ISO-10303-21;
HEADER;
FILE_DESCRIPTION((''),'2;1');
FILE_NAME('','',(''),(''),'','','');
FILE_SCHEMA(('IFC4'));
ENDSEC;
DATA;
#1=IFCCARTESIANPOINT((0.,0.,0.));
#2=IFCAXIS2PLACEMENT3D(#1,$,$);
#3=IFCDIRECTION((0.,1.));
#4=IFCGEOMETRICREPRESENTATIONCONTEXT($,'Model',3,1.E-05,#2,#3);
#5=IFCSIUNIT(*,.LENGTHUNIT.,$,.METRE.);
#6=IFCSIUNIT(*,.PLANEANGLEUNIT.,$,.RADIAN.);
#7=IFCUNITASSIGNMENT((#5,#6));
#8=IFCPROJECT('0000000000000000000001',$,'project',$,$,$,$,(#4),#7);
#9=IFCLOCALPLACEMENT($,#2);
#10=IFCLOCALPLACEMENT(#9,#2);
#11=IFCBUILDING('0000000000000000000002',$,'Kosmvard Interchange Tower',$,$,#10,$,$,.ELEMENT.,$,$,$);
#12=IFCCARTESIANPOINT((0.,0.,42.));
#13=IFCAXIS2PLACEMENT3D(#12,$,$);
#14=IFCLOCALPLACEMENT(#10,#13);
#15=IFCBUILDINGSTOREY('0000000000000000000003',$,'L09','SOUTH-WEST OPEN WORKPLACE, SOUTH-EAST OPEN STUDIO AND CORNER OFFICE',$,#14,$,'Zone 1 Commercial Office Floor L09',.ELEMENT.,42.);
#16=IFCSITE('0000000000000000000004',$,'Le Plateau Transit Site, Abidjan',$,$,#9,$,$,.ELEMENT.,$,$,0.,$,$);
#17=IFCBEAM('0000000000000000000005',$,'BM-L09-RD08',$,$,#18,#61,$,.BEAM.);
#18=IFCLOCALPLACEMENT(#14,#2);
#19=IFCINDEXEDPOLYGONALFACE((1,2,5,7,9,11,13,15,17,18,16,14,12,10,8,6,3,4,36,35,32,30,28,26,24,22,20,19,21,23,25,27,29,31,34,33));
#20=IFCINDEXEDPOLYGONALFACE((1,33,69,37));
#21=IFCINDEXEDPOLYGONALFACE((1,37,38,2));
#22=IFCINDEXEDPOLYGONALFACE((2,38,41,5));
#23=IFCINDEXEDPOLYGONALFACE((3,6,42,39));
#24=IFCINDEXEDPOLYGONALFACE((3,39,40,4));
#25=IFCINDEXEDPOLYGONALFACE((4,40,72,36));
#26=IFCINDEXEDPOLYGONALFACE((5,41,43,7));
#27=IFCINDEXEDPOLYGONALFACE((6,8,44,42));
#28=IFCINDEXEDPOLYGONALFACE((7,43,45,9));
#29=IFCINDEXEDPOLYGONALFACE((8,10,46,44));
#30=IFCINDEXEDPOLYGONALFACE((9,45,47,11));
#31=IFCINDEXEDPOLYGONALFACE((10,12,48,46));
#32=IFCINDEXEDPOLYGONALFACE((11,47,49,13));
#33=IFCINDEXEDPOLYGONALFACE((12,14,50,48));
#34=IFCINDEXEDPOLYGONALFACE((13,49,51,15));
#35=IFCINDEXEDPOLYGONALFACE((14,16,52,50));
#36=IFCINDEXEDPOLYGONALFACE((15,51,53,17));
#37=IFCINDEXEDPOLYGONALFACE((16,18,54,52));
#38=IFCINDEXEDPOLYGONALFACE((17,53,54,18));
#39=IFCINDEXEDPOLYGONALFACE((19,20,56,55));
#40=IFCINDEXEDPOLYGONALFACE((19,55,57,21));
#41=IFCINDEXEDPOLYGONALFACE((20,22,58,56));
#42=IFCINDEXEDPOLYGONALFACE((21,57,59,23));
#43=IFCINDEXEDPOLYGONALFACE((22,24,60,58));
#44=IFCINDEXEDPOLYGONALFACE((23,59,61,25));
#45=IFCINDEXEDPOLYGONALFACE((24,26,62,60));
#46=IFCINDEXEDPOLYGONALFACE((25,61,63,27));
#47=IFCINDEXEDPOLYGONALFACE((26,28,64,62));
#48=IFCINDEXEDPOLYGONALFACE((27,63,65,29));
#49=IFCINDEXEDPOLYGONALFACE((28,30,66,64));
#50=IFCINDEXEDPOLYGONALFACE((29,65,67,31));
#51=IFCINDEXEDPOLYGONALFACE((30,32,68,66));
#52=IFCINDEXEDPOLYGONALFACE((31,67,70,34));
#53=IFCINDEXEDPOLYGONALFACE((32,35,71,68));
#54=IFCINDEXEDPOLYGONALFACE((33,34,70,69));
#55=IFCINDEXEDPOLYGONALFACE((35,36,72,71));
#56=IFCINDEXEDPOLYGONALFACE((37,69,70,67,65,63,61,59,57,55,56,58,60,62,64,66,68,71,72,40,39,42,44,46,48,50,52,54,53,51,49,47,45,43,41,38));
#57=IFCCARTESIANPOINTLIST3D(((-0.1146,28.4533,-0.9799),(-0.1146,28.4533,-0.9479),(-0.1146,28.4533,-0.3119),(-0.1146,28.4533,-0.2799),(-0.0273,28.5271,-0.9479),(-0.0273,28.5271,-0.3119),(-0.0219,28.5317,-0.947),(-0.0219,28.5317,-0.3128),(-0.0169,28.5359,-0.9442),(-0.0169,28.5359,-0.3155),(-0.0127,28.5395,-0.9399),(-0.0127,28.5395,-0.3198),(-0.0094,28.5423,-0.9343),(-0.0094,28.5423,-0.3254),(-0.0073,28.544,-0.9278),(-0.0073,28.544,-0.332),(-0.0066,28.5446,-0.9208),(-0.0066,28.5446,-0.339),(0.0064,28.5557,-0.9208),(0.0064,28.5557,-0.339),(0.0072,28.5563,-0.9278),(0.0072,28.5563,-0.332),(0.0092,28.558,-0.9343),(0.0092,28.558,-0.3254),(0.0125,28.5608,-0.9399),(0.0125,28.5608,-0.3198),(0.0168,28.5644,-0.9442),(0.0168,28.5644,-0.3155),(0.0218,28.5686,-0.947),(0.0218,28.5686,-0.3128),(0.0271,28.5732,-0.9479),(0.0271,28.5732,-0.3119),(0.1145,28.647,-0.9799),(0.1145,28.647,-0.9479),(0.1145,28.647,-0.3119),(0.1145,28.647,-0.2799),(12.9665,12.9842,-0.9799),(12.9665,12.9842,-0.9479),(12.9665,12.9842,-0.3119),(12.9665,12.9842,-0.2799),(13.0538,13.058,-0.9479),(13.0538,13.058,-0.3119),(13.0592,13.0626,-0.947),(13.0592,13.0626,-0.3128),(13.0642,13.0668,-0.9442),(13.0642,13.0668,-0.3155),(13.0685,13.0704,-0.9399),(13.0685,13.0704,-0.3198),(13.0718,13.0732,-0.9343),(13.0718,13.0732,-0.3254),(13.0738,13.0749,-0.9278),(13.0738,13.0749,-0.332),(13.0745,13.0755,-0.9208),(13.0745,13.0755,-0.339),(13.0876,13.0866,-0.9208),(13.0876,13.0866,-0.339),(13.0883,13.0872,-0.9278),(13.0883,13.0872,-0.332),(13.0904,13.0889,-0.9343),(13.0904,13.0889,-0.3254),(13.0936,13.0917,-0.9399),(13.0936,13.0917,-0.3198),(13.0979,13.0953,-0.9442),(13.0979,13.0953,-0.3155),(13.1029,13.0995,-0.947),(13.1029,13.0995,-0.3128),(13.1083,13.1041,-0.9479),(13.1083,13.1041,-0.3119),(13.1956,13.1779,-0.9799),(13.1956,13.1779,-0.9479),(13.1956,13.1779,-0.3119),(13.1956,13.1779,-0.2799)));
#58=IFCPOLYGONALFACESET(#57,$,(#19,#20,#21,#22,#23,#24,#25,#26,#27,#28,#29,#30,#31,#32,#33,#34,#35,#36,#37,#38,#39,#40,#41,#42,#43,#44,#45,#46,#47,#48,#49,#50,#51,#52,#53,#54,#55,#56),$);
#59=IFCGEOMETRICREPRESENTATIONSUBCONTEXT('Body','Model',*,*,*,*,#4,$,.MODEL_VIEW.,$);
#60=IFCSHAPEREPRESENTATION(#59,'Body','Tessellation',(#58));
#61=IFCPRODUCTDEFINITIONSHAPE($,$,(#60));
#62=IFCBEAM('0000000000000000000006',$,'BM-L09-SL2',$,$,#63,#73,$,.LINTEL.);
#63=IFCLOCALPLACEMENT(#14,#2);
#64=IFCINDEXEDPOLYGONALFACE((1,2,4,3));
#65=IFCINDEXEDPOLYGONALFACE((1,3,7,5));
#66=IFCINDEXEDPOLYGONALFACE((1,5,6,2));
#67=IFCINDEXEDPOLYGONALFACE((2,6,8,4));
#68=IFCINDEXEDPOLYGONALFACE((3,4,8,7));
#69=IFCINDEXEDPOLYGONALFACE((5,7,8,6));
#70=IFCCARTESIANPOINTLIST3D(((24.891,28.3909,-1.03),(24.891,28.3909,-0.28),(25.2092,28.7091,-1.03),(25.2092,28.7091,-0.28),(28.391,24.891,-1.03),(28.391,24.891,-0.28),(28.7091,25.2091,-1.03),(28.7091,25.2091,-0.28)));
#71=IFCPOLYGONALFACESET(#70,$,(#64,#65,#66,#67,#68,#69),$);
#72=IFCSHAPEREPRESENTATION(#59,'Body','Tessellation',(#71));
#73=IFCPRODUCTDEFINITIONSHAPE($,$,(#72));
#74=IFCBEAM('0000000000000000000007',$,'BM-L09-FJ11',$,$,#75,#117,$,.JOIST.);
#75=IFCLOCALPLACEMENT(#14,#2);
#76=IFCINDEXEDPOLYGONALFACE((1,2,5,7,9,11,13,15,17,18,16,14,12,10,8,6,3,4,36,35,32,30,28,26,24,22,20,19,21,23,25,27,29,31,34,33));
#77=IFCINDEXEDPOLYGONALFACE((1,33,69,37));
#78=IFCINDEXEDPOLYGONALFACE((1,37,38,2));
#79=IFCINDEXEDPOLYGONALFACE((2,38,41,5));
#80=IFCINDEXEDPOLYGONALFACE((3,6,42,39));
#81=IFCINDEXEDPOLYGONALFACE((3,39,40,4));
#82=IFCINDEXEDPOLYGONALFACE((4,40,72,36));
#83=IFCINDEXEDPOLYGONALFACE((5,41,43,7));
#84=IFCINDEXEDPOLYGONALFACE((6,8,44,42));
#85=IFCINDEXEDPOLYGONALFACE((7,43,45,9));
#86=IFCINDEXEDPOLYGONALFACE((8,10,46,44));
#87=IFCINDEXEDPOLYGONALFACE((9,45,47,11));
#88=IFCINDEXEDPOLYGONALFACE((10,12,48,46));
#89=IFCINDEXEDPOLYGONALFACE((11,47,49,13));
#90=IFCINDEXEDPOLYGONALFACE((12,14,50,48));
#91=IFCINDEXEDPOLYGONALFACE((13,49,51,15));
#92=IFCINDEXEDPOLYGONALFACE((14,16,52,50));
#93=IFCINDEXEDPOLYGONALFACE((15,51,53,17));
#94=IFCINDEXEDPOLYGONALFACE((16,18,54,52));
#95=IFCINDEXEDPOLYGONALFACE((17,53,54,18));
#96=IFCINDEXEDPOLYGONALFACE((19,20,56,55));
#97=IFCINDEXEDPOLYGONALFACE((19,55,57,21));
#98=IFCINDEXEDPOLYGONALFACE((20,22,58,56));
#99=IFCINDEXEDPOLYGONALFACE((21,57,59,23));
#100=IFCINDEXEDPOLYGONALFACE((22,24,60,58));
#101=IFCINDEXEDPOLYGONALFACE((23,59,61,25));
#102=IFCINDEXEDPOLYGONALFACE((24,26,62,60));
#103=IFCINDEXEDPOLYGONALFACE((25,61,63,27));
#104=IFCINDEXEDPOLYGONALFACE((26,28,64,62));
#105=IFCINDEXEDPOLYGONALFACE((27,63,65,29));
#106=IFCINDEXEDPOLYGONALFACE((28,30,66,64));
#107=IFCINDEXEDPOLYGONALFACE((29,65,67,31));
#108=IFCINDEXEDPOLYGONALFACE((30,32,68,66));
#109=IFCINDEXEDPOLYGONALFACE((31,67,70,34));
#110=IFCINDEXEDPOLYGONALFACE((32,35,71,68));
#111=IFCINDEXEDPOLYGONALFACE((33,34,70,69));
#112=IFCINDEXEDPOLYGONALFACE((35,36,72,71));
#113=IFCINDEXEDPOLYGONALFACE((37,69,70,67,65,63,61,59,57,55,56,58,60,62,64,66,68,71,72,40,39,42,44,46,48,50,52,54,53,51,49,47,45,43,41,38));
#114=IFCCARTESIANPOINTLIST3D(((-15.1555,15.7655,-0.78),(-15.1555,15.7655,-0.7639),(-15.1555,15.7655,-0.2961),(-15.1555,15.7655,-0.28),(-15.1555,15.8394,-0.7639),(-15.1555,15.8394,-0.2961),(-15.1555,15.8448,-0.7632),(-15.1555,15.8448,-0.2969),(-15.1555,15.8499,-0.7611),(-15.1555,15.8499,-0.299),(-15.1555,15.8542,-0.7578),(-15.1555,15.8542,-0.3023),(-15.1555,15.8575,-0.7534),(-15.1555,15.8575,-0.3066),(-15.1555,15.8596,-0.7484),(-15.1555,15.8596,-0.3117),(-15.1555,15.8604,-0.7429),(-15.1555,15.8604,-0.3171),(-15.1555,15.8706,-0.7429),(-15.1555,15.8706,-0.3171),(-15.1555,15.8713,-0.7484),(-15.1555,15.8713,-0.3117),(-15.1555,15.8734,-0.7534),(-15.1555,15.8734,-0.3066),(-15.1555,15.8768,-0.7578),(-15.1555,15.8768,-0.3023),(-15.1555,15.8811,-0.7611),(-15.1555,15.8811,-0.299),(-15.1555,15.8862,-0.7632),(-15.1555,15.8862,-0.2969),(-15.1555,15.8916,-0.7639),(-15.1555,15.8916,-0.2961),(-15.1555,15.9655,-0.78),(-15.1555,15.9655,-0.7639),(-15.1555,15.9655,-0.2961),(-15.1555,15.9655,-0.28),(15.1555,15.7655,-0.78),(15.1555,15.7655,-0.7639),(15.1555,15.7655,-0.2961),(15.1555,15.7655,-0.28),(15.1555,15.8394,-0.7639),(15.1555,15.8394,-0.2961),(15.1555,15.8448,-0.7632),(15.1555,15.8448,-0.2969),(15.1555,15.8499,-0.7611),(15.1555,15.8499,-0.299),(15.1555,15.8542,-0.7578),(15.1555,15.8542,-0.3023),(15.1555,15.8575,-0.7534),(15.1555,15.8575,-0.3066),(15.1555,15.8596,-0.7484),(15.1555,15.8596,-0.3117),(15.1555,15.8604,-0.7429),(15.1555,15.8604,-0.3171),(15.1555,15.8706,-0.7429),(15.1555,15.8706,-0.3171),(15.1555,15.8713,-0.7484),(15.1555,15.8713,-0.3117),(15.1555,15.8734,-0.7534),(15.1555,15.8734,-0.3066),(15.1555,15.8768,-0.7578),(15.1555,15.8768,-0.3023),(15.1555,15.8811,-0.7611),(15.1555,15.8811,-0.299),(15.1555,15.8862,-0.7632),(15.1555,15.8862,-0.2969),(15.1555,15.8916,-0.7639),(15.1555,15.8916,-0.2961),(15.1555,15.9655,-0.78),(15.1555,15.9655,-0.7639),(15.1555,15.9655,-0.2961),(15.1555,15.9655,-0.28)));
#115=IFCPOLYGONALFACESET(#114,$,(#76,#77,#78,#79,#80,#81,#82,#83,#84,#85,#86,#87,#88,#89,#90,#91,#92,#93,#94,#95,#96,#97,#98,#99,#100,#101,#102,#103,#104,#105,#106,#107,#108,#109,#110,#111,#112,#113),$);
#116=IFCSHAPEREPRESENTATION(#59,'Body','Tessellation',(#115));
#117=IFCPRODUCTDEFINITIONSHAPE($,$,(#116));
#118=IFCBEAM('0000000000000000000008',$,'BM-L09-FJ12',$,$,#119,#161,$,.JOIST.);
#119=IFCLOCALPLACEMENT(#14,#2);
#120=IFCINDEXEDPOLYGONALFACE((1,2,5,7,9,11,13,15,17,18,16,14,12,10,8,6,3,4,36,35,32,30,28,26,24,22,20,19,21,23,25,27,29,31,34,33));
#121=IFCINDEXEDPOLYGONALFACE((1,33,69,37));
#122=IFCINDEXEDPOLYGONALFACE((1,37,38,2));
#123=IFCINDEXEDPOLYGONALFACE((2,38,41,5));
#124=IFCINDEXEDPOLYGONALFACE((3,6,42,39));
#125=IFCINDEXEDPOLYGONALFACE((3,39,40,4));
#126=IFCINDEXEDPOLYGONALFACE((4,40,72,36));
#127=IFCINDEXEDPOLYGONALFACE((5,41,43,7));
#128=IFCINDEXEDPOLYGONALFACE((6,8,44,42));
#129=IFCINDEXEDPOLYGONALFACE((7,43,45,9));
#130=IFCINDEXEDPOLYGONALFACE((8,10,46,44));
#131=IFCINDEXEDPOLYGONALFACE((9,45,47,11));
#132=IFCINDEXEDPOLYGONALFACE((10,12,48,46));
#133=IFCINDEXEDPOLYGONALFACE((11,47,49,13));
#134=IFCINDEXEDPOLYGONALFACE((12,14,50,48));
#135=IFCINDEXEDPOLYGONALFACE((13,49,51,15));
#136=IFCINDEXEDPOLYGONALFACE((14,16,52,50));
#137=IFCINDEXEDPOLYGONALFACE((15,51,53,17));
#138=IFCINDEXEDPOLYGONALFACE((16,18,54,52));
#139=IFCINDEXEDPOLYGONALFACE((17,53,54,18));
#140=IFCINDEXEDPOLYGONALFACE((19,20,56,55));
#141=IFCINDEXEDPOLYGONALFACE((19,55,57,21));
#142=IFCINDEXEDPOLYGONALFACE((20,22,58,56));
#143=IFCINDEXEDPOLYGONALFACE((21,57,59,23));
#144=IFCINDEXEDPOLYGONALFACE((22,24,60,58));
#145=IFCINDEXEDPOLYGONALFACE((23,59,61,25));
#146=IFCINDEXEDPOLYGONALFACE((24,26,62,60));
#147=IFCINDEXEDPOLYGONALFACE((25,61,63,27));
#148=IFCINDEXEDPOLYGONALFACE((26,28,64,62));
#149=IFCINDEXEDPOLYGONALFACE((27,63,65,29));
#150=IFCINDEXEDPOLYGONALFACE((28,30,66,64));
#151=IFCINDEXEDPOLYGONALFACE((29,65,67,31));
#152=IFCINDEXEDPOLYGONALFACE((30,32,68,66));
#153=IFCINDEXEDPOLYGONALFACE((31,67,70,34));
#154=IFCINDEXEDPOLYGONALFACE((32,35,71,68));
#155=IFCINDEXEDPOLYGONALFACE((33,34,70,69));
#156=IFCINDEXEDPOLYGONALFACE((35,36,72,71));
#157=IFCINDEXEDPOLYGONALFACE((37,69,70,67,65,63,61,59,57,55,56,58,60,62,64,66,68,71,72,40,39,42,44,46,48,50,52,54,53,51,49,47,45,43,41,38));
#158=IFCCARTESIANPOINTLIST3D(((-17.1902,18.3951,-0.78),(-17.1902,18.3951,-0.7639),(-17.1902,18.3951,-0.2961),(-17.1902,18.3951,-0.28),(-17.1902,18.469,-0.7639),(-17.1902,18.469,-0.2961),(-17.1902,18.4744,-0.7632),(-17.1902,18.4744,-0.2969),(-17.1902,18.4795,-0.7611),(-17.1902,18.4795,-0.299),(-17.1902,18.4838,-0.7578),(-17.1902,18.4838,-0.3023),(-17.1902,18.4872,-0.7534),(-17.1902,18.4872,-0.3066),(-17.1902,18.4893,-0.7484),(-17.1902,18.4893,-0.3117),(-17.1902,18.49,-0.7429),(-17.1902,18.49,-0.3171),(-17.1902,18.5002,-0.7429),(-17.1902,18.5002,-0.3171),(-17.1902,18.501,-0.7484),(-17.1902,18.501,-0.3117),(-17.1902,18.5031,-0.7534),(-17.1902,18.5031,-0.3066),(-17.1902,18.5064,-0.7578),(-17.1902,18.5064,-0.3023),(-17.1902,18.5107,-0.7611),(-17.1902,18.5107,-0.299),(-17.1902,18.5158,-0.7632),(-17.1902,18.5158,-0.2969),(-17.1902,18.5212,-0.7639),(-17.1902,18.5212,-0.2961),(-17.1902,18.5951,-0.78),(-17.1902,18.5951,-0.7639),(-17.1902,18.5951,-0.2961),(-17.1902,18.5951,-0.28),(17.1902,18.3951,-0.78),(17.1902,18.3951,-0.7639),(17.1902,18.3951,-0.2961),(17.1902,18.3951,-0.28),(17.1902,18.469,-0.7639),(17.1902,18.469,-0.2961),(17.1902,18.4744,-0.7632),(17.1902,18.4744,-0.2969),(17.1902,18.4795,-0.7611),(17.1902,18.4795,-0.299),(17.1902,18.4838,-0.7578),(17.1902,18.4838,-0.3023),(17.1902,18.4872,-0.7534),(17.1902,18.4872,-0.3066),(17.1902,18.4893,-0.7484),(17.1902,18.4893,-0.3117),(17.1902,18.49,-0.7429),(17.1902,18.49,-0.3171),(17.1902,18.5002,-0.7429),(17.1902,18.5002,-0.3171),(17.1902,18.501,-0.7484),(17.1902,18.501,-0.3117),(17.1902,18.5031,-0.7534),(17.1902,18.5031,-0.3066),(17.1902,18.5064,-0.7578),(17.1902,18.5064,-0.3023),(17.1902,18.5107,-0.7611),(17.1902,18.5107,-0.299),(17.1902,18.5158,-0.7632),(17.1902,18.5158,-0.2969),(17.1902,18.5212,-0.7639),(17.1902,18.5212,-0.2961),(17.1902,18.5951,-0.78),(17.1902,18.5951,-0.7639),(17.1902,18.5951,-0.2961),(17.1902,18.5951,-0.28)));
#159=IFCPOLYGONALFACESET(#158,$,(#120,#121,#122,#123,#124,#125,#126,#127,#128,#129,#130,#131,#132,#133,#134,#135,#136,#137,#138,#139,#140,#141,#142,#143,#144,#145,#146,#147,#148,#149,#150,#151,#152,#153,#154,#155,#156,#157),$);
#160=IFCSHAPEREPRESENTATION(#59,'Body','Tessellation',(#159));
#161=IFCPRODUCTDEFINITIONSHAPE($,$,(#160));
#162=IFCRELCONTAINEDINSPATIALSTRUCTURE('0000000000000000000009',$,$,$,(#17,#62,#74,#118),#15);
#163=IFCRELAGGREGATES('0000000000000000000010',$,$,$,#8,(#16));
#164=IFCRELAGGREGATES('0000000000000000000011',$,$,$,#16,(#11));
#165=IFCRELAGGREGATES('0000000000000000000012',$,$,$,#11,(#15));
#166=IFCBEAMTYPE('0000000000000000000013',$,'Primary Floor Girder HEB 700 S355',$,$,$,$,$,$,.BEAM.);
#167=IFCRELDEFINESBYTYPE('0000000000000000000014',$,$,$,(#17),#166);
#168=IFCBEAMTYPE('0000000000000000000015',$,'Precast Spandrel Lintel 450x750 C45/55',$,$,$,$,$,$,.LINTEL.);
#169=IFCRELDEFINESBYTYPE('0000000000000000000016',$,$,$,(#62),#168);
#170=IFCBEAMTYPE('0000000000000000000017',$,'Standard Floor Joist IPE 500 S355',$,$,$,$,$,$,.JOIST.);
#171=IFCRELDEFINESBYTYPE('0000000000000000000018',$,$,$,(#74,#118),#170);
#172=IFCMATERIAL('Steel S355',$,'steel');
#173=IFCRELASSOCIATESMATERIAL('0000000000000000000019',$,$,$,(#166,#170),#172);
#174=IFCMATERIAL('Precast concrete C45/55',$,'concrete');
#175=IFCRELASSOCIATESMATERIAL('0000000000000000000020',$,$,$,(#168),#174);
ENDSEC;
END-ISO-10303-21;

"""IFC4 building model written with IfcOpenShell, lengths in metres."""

from ifc_helpers import new_model, si_unit, direction, frame, origin, origin_2d, place, context, subcontext, project, spatial, rectangle, i_section, extrude, source, transform, mapped, material, material_profile, profile_set, type_object, element, save


model = new_model("IFC4")

# Units and contexts
model_context = context("Model", 3, precision=1e-05, world=origin(), true_north=direction((0.0, 1.0)))
body_context = subcontext(model_context, "Body", "Model", "MODEL_VIEW")
ifc_project = project(units=[si_unit("LENGTHUNIT", "METRE"), si_unit("PLANEANGLEUNIT", "RADIAN")], contexts=[model_context])

# Site, building, storey
site_placement = place(None, origin())
site = spatial("IfcSite", under=ifc_project, at=site_placement, Name="Le Plateau Transit Site, Abidjan", CompositionType="ELEMENT", RefElevation=0.0)
building_placement = place(site_placement, origin())
building = spatial("IfcBuilding", under=site, at=building_placement, Name="Kosmvard Interchange Tower", CompositionType="ELEMENT")
storey_placement = place(building_placement, frame((0.0, 0.0, 42.0)))
storey = spatial("IfcBuildingStorey", under=building, at=storey_placement, Name="L09", Description="SOUTH-WEST OPEN WORKPLACE, SOUTH-EAST OPEN STUDIO AND CORNER OFFICE", LongName="Zone 1 Commercial Office Floor L09", CompositionType="ELEMENT", Elevation=42.0)

# Beams
ifc_material_1 = material(Name="Steel S355", Category="steel")
ifc_material_profile_1 = material_profile(ifc_material_1, i_section(OverallWidth=0.3, OverallDepth=0.7, WebThickness=0.0171, FlangeThickness=0.032, FilletRadius=0.0271, at=origin_2d()), Name="HEB 700")
ifc_profile_set_1 = profile_set([ifc_material_profile_1], Name="Steel S355")
beam_type_1 = type_object("IfcBeamType", Name="Primary Floor Girder HEB 700 S355", PredefinedType="BEAM", material=ifc_profile_set_1)
shared_shape_1 = source(origin(), body_context, "Body", "SweptSolid", [
    extrude(i_section(OverallWidth=0.3, OverallDepth=0.7, WebThickness=0.0171, FlangeThickness=0.032, FilletRadius=0.0271, at=origin_2d()), origin(), (0.0, 0.0, 1.0), 20.2585),
])
beam_1_placement = place(storey_placement, frame((13.0811, 13.0811, -0.6299), z_axis=(-0.645709, 0.763583, 0.0), x_axis=(-0.763583, -0.645709, 0.0)))
element("IfcBeam", 1, at=beam_1_placement, inside=storey, type_object=beam_type_1, Name="BM-L09-RD08", PredefinedType="BEAM", context=body_context, shape_type="MappedRepresentation", body=[
    mapped(shared_shape_1, transform((0.0, 0.0, 0.0), scale=1.0)),
])
ifc_material_2 = material(Name="Precast concrete C45/55", Category="concrete")
ifc_material_profile_2 = material_profile(ifc_material_2, rectangle(XDim=0.45, YDim=0.75, at=origin_2d()), Name="SL 450x750")
ifc_profile_set_2 = profile_set([ifc_material_profile_2], Name="Precast concrete C45/55")
beam_type_2 = type_object("IfcBeamType", Name="Precast Spandrel Lintel 450x750 C45/55", PredefinedType="LINTEL", material=ifc_profile_set_2)
shared_shape_2 = source(origin(), body_context, "Body", "SweptSolid", [
    extrude(rectangle(XDim=0.45, YDim=0.75, at=origin_2d()), origin(), (0.0, 0.0, 1.0), 4.9497),
])
beam_2_placement = place(storey_placement, frame((28.55, 25.05, -0.655), z_axis=(-0.707107, 0.707107, 0.0), x_axis=(-0.707107, -0.707107, 0.0)))
element("IfcBeam", 2, at=beam_2_placement, inside=storey, type_object=beam_type_2, Name="BM-L09-SL2", PredefinedType="LINTEL", context=body_context, shape_type="MappedRepresentation", body=[
    mapped(shared_shape_2, transform((0.0, 0.0, 0.0), scale=1.0)),
])
ifc_material_profile_3 = material_profile(ifc_material_1, i_section(OverallWidth=0.2, OverallDepth=0.5, WebThickness=0.0103, FlangeThickness=0.0161, FilletRadius=0.021, at=origin_2d()), Name="IPE 500")
ifc_profile_set_3 = profile_set([ifc_material_profile_3], Name="Steel S355")
beam_type_3 = type_object("IfcBeamType", Name="Standard Floor Joist IPE 500 S355", PredefinedType="JOIST", material=ifc_profile_set_3)
shared_shape_3 = source(origin(), body_context, "Body", "SweptSolid", [
    extrude(i_section(OverallWidth=0.2, OverallDepth=0.5, WebThickness=0.0103, FlangeThickness=0.0161, FilletRadius=0.021, at=origin_2d()), origin(), (0.0, 0.0, 1.0), 30.311),
])
beam_3_placement = place(storey_placement, frame((15.1555, 15.8655, -0.53), z_axis=(-1.0, 0.0, 0.0), x_axis=(0.0, -1.0, 0.0)))
element("IfcBeam", 3, at=beam_3_placement, inside=storey, type_object=beam_type_3, Name="BM-L09-FJ11", PredefinedType="JOIST", context=body_context, shape_type="MappedRepresentation", body=[
    mapped(shared_shape_3, transform((0.0, 0.0, 0.0), scale=1.0)),
])
shared_shape_4 = source(origin(), body_context, "Body", "SweptSolid", [
    extrude(i_section(OverallWidth=0.2, OverallDepth=0.5, WebThickness=0.0103, FlangeThickness=0.0161, FilletRadius=0.021, at=origin_2d()), origin(), (0.0, 0.0, 1.0), 34.3804),
])
beam_4_placement = place(storey_placement, frame((17.1902, 18.4951, -0.53), z_axis=(-1.0, 0.0, 0.0), x_axis=(0.0, -1.0, 0.0)))
element("IfcBeam", 4, at=beam_4_placement, inside=storey, type_object=beam_type_3, Name="BM-L09-FJ12", PredefinedType="JOIST", context=body_context, shape_type="MappedRepresentation", body=[
    mapped(shared_shape_4, transform((0.0, 0.0, 0.0), scale=1.0)),
])

save(model, "model.ifc")
